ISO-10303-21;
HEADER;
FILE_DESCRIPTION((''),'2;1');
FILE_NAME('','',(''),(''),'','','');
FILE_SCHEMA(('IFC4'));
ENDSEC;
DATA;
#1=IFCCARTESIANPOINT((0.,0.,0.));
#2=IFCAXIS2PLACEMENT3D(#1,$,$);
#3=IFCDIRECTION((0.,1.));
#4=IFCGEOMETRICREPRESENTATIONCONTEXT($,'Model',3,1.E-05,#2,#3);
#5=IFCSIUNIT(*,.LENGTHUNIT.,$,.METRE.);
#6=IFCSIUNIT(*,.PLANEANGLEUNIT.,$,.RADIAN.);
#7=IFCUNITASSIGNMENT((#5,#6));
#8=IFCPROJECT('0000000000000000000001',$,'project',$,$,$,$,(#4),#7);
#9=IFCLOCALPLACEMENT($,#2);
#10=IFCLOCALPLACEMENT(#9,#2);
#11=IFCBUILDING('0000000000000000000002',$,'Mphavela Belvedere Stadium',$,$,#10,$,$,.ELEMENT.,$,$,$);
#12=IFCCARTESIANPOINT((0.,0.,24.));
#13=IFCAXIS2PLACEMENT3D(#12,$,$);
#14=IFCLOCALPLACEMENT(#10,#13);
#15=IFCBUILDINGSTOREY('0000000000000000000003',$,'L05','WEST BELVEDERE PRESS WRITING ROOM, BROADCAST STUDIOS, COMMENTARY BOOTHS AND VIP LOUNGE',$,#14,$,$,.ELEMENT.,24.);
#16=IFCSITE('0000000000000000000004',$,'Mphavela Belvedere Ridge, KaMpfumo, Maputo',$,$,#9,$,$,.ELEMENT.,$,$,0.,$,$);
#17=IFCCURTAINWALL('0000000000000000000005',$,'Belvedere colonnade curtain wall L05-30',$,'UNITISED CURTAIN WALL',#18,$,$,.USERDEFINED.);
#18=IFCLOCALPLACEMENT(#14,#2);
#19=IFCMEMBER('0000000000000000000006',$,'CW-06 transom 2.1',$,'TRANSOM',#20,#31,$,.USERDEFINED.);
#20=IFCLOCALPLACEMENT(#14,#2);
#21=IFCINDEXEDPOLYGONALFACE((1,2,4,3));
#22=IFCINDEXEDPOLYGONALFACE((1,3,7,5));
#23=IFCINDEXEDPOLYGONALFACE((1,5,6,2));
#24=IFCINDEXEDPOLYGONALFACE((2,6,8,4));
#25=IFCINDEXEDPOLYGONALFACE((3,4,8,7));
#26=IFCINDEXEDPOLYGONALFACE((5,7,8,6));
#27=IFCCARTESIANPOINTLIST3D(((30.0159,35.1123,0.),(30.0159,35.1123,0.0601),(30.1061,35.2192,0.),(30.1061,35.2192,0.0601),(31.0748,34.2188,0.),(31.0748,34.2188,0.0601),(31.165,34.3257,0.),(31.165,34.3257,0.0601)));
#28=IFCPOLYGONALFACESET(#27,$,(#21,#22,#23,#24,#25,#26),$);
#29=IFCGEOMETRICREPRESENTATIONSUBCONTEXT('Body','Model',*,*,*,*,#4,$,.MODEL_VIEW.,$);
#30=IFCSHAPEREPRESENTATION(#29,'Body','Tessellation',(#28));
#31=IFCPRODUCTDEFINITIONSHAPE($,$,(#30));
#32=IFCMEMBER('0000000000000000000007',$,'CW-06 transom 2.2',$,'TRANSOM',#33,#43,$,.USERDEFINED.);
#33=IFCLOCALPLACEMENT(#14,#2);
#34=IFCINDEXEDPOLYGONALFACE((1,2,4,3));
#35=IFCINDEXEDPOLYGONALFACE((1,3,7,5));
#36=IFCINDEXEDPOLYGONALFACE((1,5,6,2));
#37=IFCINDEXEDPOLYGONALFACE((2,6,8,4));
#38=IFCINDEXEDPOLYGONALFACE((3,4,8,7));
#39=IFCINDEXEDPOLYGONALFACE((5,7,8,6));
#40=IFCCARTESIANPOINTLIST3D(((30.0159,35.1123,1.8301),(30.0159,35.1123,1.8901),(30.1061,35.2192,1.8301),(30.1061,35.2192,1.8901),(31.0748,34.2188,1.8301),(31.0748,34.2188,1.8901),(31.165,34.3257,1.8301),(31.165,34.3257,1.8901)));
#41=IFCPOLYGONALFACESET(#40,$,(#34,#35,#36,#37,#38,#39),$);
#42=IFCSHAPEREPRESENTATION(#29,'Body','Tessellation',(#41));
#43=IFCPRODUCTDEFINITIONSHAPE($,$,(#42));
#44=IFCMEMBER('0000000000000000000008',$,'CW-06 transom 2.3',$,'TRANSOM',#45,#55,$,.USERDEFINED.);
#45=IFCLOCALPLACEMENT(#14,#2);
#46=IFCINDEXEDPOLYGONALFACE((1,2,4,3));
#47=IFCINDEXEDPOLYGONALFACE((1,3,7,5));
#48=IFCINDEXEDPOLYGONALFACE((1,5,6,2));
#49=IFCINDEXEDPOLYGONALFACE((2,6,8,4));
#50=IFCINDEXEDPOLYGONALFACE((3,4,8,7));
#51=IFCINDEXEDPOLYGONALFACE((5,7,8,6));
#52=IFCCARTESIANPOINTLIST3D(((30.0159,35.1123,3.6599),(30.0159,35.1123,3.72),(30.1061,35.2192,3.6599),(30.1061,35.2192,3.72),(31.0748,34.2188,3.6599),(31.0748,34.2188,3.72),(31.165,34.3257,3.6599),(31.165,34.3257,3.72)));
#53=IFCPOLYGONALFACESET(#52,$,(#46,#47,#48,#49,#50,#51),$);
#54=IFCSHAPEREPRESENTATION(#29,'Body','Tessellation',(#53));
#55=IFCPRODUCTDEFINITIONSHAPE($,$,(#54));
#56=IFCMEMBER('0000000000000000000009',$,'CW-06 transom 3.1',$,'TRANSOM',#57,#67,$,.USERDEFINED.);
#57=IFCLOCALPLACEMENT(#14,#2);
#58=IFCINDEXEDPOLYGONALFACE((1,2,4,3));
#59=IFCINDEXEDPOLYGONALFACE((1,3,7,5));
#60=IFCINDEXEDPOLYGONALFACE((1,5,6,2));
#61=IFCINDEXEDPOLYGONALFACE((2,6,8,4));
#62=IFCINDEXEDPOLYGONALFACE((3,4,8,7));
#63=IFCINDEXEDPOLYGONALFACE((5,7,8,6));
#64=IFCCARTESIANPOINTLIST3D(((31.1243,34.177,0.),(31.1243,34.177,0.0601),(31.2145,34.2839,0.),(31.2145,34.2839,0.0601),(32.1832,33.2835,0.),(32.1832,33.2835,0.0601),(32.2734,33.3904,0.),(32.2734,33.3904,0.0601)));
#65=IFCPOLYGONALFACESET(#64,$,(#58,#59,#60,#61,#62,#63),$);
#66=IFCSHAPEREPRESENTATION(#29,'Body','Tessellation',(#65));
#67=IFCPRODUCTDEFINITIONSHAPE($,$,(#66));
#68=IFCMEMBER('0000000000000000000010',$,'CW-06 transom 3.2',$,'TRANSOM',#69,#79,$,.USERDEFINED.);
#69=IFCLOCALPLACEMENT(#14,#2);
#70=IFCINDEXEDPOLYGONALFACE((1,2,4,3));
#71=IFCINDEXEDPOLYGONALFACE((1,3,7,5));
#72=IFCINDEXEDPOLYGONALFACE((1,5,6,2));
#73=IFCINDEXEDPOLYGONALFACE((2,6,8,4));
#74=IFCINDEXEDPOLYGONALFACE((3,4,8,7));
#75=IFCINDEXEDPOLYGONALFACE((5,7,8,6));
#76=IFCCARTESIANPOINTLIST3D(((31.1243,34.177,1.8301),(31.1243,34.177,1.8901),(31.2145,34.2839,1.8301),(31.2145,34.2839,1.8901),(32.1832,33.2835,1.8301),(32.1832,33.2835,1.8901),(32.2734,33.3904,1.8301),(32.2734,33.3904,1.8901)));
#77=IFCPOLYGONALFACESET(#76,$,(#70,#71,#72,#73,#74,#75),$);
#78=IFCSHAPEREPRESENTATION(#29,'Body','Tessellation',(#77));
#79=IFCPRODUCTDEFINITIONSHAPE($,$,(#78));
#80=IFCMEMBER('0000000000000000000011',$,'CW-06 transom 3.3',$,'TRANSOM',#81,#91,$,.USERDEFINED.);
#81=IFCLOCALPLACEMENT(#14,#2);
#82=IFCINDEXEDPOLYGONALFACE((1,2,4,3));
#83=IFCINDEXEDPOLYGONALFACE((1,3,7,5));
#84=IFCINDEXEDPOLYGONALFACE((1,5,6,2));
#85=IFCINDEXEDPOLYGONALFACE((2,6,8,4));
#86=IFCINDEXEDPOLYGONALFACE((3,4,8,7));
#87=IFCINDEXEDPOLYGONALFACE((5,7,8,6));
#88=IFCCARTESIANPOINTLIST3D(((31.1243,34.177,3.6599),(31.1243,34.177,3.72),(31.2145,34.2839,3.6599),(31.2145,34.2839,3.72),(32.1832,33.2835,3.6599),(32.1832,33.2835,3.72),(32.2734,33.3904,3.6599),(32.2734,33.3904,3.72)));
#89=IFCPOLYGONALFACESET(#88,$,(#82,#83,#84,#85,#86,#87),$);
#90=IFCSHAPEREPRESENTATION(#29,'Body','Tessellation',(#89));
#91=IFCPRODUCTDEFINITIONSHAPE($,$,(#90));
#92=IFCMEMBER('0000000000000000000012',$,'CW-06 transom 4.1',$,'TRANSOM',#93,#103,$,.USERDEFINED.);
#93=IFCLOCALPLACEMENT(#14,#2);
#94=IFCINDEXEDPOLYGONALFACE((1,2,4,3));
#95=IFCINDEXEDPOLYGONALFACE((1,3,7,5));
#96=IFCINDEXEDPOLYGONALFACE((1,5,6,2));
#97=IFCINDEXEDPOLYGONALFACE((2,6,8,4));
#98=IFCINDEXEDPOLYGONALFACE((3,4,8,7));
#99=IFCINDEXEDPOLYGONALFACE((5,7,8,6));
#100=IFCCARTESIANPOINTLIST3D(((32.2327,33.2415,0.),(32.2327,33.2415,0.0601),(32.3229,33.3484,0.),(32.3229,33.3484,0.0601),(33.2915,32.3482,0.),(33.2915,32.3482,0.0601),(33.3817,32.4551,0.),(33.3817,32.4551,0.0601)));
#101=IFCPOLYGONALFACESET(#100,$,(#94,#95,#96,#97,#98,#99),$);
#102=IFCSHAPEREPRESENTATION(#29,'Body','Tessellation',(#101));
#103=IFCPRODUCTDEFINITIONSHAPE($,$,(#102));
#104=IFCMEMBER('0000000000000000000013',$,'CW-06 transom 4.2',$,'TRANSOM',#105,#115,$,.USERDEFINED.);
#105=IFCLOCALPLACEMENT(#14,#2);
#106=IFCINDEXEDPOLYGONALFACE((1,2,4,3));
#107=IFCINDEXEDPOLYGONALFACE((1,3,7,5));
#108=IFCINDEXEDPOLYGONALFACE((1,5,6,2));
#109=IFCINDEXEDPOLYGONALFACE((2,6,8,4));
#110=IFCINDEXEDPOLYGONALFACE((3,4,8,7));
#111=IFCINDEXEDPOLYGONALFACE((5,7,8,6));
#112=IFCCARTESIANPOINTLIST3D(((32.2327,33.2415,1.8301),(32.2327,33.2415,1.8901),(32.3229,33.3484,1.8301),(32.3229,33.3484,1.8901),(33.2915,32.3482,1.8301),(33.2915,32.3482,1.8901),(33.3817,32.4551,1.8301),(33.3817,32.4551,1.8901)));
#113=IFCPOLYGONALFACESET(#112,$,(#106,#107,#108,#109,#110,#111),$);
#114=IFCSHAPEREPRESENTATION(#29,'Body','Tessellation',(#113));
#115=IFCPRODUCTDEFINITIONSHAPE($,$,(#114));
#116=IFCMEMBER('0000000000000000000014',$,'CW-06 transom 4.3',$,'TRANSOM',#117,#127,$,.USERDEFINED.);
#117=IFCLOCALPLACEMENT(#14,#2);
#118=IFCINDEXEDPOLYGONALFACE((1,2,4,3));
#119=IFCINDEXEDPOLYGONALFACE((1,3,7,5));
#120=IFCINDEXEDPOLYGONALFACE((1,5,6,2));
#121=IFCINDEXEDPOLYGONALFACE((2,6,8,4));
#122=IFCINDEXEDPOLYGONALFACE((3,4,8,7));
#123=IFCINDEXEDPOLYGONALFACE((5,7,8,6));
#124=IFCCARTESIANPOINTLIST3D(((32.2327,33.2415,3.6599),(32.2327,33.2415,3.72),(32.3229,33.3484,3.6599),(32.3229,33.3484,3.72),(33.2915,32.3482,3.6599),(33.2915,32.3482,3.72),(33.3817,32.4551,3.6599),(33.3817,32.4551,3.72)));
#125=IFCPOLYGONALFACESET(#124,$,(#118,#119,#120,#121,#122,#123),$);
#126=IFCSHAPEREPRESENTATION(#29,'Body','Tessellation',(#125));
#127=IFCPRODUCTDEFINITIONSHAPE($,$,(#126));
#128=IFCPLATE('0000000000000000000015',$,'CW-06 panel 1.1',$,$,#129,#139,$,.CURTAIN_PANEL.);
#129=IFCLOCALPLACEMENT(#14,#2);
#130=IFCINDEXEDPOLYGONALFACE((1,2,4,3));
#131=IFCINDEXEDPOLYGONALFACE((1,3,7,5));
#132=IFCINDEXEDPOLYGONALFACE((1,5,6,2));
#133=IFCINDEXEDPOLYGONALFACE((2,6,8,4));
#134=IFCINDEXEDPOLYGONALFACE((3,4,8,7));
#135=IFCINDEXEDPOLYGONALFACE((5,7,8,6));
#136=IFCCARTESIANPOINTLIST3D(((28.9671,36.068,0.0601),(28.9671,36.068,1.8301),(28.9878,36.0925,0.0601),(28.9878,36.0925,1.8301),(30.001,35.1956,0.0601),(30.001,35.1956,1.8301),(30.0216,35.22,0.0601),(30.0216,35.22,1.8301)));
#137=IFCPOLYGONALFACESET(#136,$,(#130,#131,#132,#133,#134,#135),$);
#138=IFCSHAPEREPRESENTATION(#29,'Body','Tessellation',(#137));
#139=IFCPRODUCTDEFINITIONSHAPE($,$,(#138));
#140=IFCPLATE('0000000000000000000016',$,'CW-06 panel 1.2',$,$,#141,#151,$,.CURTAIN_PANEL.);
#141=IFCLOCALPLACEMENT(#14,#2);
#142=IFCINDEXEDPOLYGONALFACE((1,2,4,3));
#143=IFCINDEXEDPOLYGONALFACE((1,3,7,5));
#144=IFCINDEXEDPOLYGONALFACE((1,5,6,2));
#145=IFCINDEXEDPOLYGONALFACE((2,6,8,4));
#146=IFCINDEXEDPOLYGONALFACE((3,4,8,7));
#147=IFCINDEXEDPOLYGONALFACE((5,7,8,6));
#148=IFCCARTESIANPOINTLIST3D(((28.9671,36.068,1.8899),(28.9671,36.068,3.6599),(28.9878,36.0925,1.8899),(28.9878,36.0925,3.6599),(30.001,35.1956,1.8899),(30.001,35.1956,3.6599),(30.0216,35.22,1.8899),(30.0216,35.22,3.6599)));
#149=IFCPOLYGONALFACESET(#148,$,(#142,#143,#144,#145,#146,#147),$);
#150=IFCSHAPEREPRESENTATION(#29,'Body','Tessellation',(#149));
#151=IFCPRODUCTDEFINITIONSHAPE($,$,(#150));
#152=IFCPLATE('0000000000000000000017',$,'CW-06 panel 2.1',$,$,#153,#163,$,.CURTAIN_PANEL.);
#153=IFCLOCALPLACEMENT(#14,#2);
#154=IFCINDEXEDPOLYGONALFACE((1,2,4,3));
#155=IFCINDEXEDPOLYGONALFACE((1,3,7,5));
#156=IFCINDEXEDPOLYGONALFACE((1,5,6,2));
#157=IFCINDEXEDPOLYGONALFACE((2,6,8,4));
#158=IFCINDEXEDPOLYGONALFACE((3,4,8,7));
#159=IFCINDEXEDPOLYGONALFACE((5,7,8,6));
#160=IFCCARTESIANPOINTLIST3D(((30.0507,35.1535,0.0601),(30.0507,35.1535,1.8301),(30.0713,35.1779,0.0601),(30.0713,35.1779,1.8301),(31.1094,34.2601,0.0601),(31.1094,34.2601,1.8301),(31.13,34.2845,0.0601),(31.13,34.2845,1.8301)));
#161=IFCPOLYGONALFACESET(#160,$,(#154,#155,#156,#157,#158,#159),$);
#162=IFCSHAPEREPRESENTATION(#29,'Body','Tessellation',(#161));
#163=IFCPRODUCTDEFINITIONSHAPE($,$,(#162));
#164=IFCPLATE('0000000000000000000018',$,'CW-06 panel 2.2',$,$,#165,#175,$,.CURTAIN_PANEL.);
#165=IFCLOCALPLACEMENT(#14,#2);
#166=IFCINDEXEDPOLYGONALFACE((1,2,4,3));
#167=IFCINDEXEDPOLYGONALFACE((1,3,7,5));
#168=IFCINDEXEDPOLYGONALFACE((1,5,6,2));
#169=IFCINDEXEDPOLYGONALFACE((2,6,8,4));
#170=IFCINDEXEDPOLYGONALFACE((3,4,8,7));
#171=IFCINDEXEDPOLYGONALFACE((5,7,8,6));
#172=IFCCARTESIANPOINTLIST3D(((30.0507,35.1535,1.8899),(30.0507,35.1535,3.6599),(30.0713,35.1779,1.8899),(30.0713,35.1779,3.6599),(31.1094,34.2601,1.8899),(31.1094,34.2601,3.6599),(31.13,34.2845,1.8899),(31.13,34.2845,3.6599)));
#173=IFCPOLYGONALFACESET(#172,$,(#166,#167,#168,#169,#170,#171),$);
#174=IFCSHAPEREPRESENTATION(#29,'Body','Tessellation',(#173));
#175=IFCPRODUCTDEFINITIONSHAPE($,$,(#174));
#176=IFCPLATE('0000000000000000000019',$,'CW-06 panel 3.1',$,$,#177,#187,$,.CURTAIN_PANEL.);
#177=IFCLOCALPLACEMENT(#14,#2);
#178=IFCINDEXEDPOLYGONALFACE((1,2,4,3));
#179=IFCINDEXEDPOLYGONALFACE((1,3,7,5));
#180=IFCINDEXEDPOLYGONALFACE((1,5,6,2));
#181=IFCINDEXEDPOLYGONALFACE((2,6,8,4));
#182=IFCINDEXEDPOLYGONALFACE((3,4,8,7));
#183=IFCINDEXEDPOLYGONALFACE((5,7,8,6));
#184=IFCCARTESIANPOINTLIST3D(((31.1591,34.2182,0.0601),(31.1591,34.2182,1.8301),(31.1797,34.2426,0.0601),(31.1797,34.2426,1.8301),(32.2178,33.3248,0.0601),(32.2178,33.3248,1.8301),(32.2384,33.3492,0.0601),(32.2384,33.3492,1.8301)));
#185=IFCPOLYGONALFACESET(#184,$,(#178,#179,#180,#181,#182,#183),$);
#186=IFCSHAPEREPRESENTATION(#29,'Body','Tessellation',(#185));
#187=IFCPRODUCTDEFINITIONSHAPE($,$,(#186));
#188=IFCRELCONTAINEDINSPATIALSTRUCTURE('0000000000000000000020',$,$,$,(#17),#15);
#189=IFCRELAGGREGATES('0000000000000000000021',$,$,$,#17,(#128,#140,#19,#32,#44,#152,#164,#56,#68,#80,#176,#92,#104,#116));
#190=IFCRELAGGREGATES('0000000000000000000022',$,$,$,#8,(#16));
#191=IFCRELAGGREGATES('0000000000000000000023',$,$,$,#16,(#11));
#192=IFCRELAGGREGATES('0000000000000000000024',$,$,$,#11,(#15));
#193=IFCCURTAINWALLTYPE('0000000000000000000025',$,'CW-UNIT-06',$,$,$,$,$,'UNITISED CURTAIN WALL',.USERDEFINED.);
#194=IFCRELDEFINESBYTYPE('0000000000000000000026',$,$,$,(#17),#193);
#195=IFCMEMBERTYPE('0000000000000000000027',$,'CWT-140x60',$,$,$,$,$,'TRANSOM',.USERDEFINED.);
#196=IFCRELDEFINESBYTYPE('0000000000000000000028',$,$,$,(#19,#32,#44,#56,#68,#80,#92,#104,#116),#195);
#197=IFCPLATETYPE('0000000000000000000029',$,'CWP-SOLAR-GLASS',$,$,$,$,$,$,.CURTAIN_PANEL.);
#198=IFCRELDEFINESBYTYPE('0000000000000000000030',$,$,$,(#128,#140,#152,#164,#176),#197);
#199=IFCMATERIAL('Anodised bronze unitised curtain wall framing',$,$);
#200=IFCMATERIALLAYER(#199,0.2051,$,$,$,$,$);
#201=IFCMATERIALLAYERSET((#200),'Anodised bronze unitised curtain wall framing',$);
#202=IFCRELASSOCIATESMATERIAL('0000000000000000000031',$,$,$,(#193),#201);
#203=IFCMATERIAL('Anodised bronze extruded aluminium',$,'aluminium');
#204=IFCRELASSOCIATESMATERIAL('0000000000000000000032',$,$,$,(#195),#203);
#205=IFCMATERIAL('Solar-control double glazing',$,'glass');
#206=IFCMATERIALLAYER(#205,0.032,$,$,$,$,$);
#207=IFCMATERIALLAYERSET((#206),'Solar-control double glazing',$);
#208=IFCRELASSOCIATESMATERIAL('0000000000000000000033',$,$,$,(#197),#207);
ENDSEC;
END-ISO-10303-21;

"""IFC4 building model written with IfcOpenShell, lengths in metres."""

from ifc_helpers import new_model, si_unit, direction, frame, origin, origin_2d, place, context, subcontext, project, spatial, rectangle, extrude, material, layer, layer_set, material_profile, profile_set, type_object, element, aggregate, save


model = new_model("IFC4")

# Units and contexts
model_context = context("Model", 3, precision=1e-05, world=origin(), true_north=direction((0.0, 1.0)))
body_context = subcontext(model_context, "Body", "Model", "MODEL_VIEW")
ifc_project = project(units=[si_unit("LENGTHUNIT", "METRE"), si_unit("PLANEANGLEUNIT", "RADIAN")], contexts=[model_context])

# Site, building, storey
site_placement = place(None, origin())
site = spatial("IfcSite", under=ifc_project, at=site_placement, Name="Mphavela Belvedere Ridge, KaMpfumo, Maputo", CompositionType="ELEMENT", RefElevation=0.0)
building_placement = place(site_placement, origin())
building = spatial("IfcBuilding", under=site, at=building_placement, Name="Mphavela Belvedere Stadium", CompositionType="ELEMENT")
storey_placement = place(building_placement, frame((0.0, 0.0, 24.0)))
storey = spatial("IfcBuildingStorey", under=building, at=storey_placement, Name="L05", Description="WEST BELVEDERE PRESS WRITING ROOM, BROADCAST STUDIOS, COMMENTARY BOOTHS AND VIP LOUNGE", CompositionType="ELEMENT", Elevation=24.0)

# Curtain wall, members, plates
ifc_material_1 = material(Name="Anodised bronze unitised curtain wall framing")
ifc_layer_1 = layer(ifc_material_1, 0.2051)
ifc_layer_set_1 = layer_set([ifc_layer_1], Name="Anodised bronze unitised curtain wall framing")
curtain_wall_type = type_object("IfcCurtainWallType", Name="CW-UNIT-06", ElementType="UNITISED CURTAIN WALL", PredefinedType="USERDEFINED", material=ifc_layer_set_1)
curtain_wall_placement = place(storey_placement, origin())
curtain_wall = element("IfcCurtainWall", 1, at=curtain_wall_placement, inside=storey, type_object=curtain_wall_type, Name="Belvedere colonnade curtain wall L05-30", ObjectType="UNITISED CURTAIN WALL", PredefinedType="USERDEFINED")
ifc_material_2 = material(Name="Anodised bronze extruded aluminium", Category="aluminium")
ifc_material_profile_1 = material_profile(ifc_material_2, rectangle(XDim=0.1399, YDim=0.0601, at=origin_2d()), Name="CW-TRN 140x60")
ifc_profile_set_1 = profile_set([ifc_material_profile_1], Name="Anodised bronze extruded aluminium")
member_type_1 = type_object("IfcMemberType", Name="CWT-140x60", ElementType="TRANSOM", PredefinedType="USERDEFINED", material=ifc_profile_set_1)
member_1_placement = place(storey_placement, frame((30.061, 35.1658, 0.03), z_axis=(0.764234, -0.644938, 0.0), x_axis=(0.644938, 0.764234, 0.0)))
member_1 = element("IfcMember", 2, at=member_1_placement, type_object=member_type_1, Name="CW-06 transom 2.1", ObjectType="TRANSOM", PredefinedType="USERDEFINED", context=body_context, shape_type="SweptSolid", body=[
    extrude(rectangle(XDim=0.1399, YDim=0.0601, at=origin_2d()), origin(), (0.0, 0.0, 1.0), 1.3855),
])
member_2_placement = place(storey_placement, frame((30.061, 35.1658, 1.8601), z_axis=(0.764234, -0.644938, 0.0), x_axis=(0.644938, 0.764234, 0.0)))
member_2 = element("IfcMember", 3, at=member_2_placement, type_object=member_type_1, Name="CW-06 transom 2.2", ObjectType="TRANSOM", PredefinedType="USERDEFINED", context=body_context, shape_type="SweptSolid", body=[
    extrude(rectangle(XDim=0.1399, YDim=0.0601, at=origin_2d()), origin(), (0.0, 0.0, 1.0), 1.3855),
])
member_3_placement = place(storey_placement, frame((30.061, 35.1658, 3.6899), z_axis=(0.764234, -0.644938, 0.0), x_axis=(0.644938, 0.764234, 0.0)))
member_3 = element("IfcMember", 4, at=member_3_placement, type_object=member_type_1, Name="CW-06 transom 2.3", ObjectType="TRANSOM", PredefinedType="USERDEFINED", context=body_context, shape_type="SweptSolid", body=[
    extrude(rectangle(XDim=0.1399, YDim=0.0601, at=origin_2d()), origin(), (0.0, 0.0, 1.0), 1.3855),
])
member_4_placement = place(storey_placement, frame((31.1694, 34.2305, 0.03), z_axis=(0.764234, -0.644938, 0.0), x_axis=(0.644938, 0.764234, 0.0)))
member_4 = element("IfcMember", 5, at=member_4_placement, type_object=member_type_1, Name="CW-06 transom 3.1", ObjectType="TRANSOM", PredefinedType="USERDEFINED", context=body_context, shape_type="SweptSolid", body=[
    extrude(rectangle(XDim=0.1399, YDim=0.0601, at=origin_2d()), origin(), (0.0, 0.0, 1.0), 1.3855),
])
member_5_placement = place(storey_placement, frame((31.1694, 34.2305, 1.8601), z_axis=(0.764234, -0.644938, 0.0), x_axis=(0.644938, 0.764234, 0.0)))
member_5 = element("IfcMember", 6, at=member_5_placement, type_object=member_type_1, Name="CW-06 transom 3.2", ObjectType="TRANSOM", PredefinedType="USERDEFINED", context=body_context, shape_type="SweptSolid", body=[
    extrude(rectangle(XDim=0.1399, YDim=0.0601, at=origin_2d()), origin(), (0.0, 0.0, 1.0), 1.3855),
])
member_6_placement = place(storey_placement, frame((31.1694, 34.2305, 3.6899), z_axis=(0.764234, -0.644938, 0.0), x_axis=(0.644938, 0.764234, 0.0)))
member_6 = element("IfcMember", 7, at=member_6_placement, type_object=member_type_1, Name="CW-06 transom 3.3", ObjectType="TRANSOM", PredefinedType="USERDEFINED", context=body_context, shape_type="SweptSolid", body=[
    extrude(rectangle(XDim=0.1399, YDim=0.0601, at=origin_2d()), origin(), (0.0, 0.0, 1.0), 1.3855),
])
member_7_placement = place(storey_placement, frame((32.2778, 33.2949, 0.03), z_axis=(0.764321, -0.644836, 0.0), x_axis=(0.644836, 0.764321, 0.0)))
member_7 = element("IfcMember", 8, at=member_7_placement, type_object=member_type_1, Name="CW-06 transom 4.1", ObjectType="TRANSOM", PredefinedType="USERDEFINED", context=body_context, shape_type="SweptSolid", body=[
    extrude(rectangle(XDim=0.1399, YDim=0.0601, at=origin_2d()), origin(), (0.0, 0.0, 1.0), 1.3853),
])
member_8_placement = place(storey_placement, frame((32.2778, 33.2949, 1.8601), z_axis=(0.764321, -0.644836, 0.0), x_axis=(0.644836, 0.764321, 0.0)))
member_8 = element("IfcMember", 9, at=member_8_placement, type_object=member_type_1, Name="CW-06 transom 4.2", ObjectType="TRANSOM", PredefinedType="USERDEFINED", context=body_context, shape_type="SweptSolid", body=[
    extrude(rectangle(XDim=0.1399, YDim=0.0601, at=origin_2d()), origin(), (0.0, 0.0, 1.0), 1.3853),
])
member_9_placement = place(storey_placement, frame((32.2778, 33.2949, 3.6899), z_axis=(0.764321, -0.644836, 0.0), x_axis=(0.644836, 0.764321, 0.0)))
member_9 = element("IfcMember", 10, at=member_9_placement, type_object=member_type_1, Name="CW-06 transom 4.3", ObjectType="TRANSOM", PredefinedType="USERDEFINED", context=body_context, shape_type="SweptSolid", body=[
    extrude(rectangle(XDim=0.1399, YDim=0.0601, at=origin_2d()), origin(), (0.0, 0.0, 1.0), 1.3853),
])
ifc_material_3 = material(Name="Solar-control double glazing", Category="glass")
ifc_layer_2 = layer(ifc_material_3, 0.032)
ifc_layer_set_2 = layer_set([ifc_layer_2], Name="Solar-control double glazing")
plate_type = type_object("IfcPlateType", Name="CWP-SOLAR-GLASS", PredefinedType="CURTAIN_PANEL", material=ifc_layer_set_2)
plate_1_placement = place(storey_placement, frame((29.4944, 35.644, 0.0601), z_axis=(0.0, 0.0, 1.0), x_axis=(0.764253, -0.644916, 0.0)))
plate_1 = element("IfcPlate", 11, at=plate_1_placement, type_object=plate_type, Name="CW-06 panel 1.1", PredefinedType="CURTAIN_PANEL", context=body_context, shape_type="SweptSolid", body=[
    extrude(rectangle(XDim=1.3528, YDim=0.032, at=origin_2d()), origin(), (0.0, 0.0, 1.0), 1.77),
])
plate_2_placement = place(storey_placement, frame((29.4944, 35.644, 1.8899), z_axis=(0.0, 0.0, 1.0), x_axis=(0.764253, -0.644916, 0.0)))
plate_2 = element("IfcPlate", 12, at=plate_2_placement, type_object=plate_type, Name="CW-06 panel 1.2", PredefinedType="CURTAIN_PANEL", context=body_context, shape_type="SweptSolid", body=[
    extrude(rectangle(XDim=1.3528, YDim=0.032, at=origin_2d()), origin(), (0.0, 0.0, 1.0), 1.77),
])
plate_3_placement = place(storey_placement, frame((30.5903, 34.719, 0.0601), z_axis=(0.0, 0.0, 1.0), x_axis=(0.764253, -0.644916, 0.0)))
plate_3 = element("IfcPlate", 13, at=plate_3_placement, type_object=plate_type, Name="CW-06 panel 2.1", PredefinedType="CURTAIN_PANEL", context=body_context, shape_type="SweptSolid", body=[
    extrude(rectangle(XDim=1.3853, YDim=0.032, at=origin_2d()), origin(), (0.0, 0.0, 1.0), 1.77),
])
plate_4_placement = place(storey_placement, frame((30.5903, 34.719, 1.8899), z_axis=(0.0, 0.0, 1.0), x_axis=(0.764253, -0.644916, 0.0)))
plate_4 = element("IfcPlate", 14, at=plate_4_placement, type_object=plate_type, Name="CW-06 panel 2.2", PredefinedType="CURTAIN_PANEL", context=body_context, shape_type="SweptSolid", body=[
    extrude(rectangle(XDim=1.3853, YDim=0.032, at=origin_2d()), origin(), (0.0, 0.0, 1.0), 1.77),
])
plate_5_placement = place(storey_placement, frame((31.6987, 33.7837, 0.0601), z_axis=(0.0, 0.0, 1.0), x_axis=(0.764253, -0.644916, 0.0)))
plate_5 = element("IfcPlate", 15, at=plate_5_placement, type_object=plate_type, Name="CW-06 panel 3.1", PredefinedType="CURTAIN_PANEL", context=body_context, shape_type="SweptSolid", body=[
    extrude(rectangle(XDim=1.3853, YDim=0.032, at=origin_2d()), origin(), (0.0, 0.0, 1.0), 1.77),
])
aggregate(curtain_wall, [plate_1, plate_2, member_1, member_2, member_3, plate_3, plate_4, member_4, member_5, member_6, plate_5, member_7, member_8, member_9])

save(model, "model.ifc")
